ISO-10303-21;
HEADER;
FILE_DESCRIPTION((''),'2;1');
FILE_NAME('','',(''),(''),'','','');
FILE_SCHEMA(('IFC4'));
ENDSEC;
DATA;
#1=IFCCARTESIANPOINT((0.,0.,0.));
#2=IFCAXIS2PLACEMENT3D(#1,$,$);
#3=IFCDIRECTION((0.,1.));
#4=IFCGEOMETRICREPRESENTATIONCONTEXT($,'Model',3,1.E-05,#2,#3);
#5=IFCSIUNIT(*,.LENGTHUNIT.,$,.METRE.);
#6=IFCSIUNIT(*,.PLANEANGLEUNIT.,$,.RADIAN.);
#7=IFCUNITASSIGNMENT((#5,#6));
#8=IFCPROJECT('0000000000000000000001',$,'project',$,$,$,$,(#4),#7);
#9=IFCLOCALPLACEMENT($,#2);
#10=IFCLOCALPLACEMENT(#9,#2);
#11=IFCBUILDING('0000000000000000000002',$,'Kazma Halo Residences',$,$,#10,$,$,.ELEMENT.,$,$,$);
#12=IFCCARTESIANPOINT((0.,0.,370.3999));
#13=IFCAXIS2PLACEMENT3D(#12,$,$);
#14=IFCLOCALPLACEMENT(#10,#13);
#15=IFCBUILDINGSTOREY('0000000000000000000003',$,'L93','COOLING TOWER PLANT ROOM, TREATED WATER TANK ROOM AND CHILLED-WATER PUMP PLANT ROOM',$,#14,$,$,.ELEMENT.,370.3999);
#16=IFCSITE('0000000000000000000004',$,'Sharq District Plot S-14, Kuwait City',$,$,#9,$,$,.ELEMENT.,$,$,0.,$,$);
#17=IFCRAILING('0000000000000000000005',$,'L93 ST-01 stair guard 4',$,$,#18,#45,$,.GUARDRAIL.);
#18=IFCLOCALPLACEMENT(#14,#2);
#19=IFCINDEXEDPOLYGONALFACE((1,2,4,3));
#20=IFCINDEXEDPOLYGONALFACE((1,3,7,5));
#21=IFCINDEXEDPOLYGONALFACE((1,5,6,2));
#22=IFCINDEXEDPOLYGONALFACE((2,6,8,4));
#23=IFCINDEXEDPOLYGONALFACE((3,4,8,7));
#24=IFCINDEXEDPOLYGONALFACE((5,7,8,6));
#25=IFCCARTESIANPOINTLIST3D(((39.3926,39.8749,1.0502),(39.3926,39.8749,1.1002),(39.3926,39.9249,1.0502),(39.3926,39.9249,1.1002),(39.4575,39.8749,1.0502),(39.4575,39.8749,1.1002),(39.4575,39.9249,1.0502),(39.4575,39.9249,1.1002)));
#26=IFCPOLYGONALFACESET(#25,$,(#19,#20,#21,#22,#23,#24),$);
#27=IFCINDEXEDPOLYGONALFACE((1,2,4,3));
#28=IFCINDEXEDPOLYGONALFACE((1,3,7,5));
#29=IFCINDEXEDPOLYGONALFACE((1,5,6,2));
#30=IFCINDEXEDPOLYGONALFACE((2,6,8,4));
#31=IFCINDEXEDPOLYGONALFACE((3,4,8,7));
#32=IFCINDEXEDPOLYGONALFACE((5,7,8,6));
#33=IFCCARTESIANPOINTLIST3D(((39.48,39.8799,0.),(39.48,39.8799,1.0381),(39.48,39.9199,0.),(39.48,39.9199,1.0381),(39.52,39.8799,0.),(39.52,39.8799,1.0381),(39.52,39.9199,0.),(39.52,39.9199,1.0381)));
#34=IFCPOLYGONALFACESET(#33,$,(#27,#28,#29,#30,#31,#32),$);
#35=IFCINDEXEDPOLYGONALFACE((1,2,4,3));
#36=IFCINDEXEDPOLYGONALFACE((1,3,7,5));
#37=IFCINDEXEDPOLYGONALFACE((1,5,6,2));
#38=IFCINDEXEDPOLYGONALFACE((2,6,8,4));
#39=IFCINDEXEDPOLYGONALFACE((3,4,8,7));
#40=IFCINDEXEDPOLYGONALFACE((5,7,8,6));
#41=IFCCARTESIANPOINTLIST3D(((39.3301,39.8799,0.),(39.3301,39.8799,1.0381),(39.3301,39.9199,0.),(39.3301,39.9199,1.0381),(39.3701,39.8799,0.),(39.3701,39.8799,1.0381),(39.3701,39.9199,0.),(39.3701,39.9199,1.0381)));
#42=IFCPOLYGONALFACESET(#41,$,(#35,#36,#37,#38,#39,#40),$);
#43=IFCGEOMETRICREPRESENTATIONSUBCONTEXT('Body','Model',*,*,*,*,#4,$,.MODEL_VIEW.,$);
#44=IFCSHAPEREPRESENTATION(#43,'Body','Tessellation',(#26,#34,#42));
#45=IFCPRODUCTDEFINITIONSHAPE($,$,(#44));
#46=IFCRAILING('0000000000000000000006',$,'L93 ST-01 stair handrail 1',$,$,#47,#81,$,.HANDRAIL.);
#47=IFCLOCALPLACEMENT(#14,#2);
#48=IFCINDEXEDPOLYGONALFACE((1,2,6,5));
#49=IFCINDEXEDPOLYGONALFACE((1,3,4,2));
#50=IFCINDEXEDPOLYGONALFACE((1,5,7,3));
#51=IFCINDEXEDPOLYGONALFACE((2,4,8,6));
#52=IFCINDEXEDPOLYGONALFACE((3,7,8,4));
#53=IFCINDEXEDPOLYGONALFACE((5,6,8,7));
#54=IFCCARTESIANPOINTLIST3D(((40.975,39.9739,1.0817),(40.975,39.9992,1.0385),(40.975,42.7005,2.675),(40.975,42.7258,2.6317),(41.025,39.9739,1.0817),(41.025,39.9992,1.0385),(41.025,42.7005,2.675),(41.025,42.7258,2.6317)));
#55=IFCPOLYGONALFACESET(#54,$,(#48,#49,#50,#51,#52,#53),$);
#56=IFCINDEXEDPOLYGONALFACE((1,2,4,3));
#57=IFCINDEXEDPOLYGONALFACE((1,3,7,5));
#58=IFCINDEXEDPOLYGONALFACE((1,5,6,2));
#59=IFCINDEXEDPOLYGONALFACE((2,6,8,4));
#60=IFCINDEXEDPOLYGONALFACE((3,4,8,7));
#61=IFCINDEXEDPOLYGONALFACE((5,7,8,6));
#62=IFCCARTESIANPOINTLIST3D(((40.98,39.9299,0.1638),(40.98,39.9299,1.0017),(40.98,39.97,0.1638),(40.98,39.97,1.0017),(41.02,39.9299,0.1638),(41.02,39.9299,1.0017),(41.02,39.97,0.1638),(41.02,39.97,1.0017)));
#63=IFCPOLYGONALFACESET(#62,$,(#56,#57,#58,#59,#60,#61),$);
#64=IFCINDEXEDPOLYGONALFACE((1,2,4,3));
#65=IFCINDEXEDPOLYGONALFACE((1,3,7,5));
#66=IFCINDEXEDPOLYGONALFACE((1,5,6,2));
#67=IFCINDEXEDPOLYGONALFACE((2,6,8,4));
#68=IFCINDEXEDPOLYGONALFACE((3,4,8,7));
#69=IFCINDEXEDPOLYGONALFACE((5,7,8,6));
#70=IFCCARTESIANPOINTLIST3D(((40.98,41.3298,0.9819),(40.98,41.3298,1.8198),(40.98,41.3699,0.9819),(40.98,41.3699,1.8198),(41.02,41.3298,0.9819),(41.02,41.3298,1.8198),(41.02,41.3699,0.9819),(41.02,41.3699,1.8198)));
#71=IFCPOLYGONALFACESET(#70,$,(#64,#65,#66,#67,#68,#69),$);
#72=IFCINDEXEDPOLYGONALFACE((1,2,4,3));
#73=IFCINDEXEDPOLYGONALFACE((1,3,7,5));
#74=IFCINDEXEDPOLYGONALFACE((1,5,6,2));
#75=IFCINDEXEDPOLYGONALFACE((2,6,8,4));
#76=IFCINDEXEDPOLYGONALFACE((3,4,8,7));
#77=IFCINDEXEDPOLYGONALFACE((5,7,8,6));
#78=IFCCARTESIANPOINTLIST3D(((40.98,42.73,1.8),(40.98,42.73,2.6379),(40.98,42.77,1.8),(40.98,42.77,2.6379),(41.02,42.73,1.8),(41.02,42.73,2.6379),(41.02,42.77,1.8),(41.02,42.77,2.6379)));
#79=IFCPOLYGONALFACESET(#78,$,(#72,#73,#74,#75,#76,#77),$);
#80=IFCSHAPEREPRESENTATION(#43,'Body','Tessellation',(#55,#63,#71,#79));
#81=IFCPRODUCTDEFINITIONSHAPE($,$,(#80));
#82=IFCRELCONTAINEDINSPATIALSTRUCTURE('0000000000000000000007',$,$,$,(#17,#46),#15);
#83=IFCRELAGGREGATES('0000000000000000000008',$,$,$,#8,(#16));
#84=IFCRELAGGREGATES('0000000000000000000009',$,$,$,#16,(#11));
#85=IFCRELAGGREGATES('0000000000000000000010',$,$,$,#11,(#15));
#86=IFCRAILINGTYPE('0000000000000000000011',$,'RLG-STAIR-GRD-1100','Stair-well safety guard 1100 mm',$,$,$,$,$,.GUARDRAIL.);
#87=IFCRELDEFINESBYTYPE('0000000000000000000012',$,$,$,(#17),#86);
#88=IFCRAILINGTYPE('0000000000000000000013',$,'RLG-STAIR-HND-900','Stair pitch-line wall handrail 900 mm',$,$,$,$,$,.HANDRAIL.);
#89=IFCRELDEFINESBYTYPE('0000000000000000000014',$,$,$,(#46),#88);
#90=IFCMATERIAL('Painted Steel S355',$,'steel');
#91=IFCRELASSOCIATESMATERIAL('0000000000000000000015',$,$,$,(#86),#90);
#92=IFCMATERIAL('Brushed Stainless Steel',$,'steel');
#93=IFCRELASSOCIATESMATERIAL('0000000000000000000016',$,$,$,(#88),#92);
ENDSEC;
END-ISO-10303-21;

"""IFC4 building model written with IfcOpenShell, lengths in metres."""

from ifc_helpers import new_model, si_unit, direction, frame, origin, origin_2d, place, context, subcontext, project, spatial, rectangle, extrude, material, type_object, element, save


model = new_model("IFC4")

# Units and contexts
model_context = context("Model", 3, precision=1e-05, world=origin(), true_north=direction((0.0, 1.0)))
body_context = subcontext(model_context, "Body", "Model", "MODEL_VIEW")
ifc_project = project(units=[si_unit("LENGTHUNIT", "METRE"), si_unit("PLANEANGLEUNIT", "RADIAN")], contexts=[model_context])

# Site, building, storey
site_placement = place(None, origin())
site = spatial("IfcSite", under=ifc_project, at=site_placement, Name="Sharq District Plot S-14, Kuwait City", CompositionType="ELEMENT", RefElevation=0.0)
building_placement = place(site_placement, origin())
building = spatial("IfcBuilding", under=site, at=building_placement, Name="Kazma Halo Residences", CompositionType="ELEMENT")
storey_placement = place(building_placement, frame((0.0, 0.0, 370.3999)))
storey = spatial("IfcBuildingStorey", under=building, at=storey_placement, Name="L93", Description="COOLING TOWER PLANT ROOM, TREATED WATER TANK ROOM AND CHILLED-WATER PUMP PLANT ROOM", CompositionType="ELEMENT", Elevation=370.3999)

# Railings
ifc_material_1 = material(Name="Painted Steel S355", Category="steel")
railing_type_1 = type_object("IfcRailingType", Name="RLG-STAIR-GRD-1100", Description="Stair-well safety guard 1100 mm", PredefinedType="GUARDRAIL", material=ifc_material_1)
railing_1_placement = place(storey_placement, frame((39.5, 39.8999, 0.0)))
element("IfcRailing", 1, at=railing_1_placement, inside=storey, type_object=railing_type_1, Name="L93 ST-01 stair guard 4", PredefinedType="GUARDRAIL", context=body_context, shape_type="SweptSolid", body=[
    extrude(rectangle(XDim=0.05, YDim=0.05, at=origin_2d()), frame((-0.0425, 0.0, 1.0752), z_axis=(-1.0, 0.0, 0.0), x_axis=(0.0, -1.0, 0.0)), (0.0, 0.0, 1.0), 0.0649),
    extrude(rectangle(XDim=0.04, YDim=0.04, at=origin_2d()), origin(), (0.0, 0.0, 1.0), 1.0381),
    extrude(rectangle(XDim=0.04, YDim=0.04, at=origin_2d()), frame((-0.1499, 0.0, 0.0)), (0.0, 0.0, 1.0), 1.0381),
])
ifc_material_2 = material(Name="Brushed Stainless Steel", Category="steel")
railing_type_2 = type_object("IfcRailingType", Name="RLG-STAIR-HND-900", Description="Stair pitch-line wall handrail 900 mm", PredefinedType="HANDRAIL", material=ifc_material_2)
railing_2_placement = place(storey_placement, frame((41.0, 39.95, 0.1638)))
element("IfcRailing", 2, at=railing_2_placement, inside=storey, type_object=railing_type_2, Name="L93 ST-01 stair handrail 1", PredefinedType="HANDRAIL", context=body_context, shape_type="SweptSolid", body=[
    extrude(rectangle(XDim=0.05, YDim=0.05, at=origin_2d()), frame((0.0, 0.0366, 0.8962), z_axis=(0.0, 0.863394, 0.504531), x_axis=(-1.0, 0.0, 0.0)), (0.0, 0.0, 1.0), 3.158),
    extrude(rectangle(XDim=0.04, YDim=0.04, at=origin_2d()), origin(), (0.0, 0.0, 1.0), 0.8379),
    extrude(rectangle(XDim=0.04, YDim=0.04, at=origin_2d()), frame((0.0, 1.3999, 0.8181)), (0.0, 0.0, 1.0), 0.8379),
    extrude(rectangle(XDim=0.04, YDim=0.04, at=origin_2d()), frame((0.0, 2.8, 1.6362)), (0.0, 0.0, 1.0), 0.8379),
])

save(model, "model.ifc")
